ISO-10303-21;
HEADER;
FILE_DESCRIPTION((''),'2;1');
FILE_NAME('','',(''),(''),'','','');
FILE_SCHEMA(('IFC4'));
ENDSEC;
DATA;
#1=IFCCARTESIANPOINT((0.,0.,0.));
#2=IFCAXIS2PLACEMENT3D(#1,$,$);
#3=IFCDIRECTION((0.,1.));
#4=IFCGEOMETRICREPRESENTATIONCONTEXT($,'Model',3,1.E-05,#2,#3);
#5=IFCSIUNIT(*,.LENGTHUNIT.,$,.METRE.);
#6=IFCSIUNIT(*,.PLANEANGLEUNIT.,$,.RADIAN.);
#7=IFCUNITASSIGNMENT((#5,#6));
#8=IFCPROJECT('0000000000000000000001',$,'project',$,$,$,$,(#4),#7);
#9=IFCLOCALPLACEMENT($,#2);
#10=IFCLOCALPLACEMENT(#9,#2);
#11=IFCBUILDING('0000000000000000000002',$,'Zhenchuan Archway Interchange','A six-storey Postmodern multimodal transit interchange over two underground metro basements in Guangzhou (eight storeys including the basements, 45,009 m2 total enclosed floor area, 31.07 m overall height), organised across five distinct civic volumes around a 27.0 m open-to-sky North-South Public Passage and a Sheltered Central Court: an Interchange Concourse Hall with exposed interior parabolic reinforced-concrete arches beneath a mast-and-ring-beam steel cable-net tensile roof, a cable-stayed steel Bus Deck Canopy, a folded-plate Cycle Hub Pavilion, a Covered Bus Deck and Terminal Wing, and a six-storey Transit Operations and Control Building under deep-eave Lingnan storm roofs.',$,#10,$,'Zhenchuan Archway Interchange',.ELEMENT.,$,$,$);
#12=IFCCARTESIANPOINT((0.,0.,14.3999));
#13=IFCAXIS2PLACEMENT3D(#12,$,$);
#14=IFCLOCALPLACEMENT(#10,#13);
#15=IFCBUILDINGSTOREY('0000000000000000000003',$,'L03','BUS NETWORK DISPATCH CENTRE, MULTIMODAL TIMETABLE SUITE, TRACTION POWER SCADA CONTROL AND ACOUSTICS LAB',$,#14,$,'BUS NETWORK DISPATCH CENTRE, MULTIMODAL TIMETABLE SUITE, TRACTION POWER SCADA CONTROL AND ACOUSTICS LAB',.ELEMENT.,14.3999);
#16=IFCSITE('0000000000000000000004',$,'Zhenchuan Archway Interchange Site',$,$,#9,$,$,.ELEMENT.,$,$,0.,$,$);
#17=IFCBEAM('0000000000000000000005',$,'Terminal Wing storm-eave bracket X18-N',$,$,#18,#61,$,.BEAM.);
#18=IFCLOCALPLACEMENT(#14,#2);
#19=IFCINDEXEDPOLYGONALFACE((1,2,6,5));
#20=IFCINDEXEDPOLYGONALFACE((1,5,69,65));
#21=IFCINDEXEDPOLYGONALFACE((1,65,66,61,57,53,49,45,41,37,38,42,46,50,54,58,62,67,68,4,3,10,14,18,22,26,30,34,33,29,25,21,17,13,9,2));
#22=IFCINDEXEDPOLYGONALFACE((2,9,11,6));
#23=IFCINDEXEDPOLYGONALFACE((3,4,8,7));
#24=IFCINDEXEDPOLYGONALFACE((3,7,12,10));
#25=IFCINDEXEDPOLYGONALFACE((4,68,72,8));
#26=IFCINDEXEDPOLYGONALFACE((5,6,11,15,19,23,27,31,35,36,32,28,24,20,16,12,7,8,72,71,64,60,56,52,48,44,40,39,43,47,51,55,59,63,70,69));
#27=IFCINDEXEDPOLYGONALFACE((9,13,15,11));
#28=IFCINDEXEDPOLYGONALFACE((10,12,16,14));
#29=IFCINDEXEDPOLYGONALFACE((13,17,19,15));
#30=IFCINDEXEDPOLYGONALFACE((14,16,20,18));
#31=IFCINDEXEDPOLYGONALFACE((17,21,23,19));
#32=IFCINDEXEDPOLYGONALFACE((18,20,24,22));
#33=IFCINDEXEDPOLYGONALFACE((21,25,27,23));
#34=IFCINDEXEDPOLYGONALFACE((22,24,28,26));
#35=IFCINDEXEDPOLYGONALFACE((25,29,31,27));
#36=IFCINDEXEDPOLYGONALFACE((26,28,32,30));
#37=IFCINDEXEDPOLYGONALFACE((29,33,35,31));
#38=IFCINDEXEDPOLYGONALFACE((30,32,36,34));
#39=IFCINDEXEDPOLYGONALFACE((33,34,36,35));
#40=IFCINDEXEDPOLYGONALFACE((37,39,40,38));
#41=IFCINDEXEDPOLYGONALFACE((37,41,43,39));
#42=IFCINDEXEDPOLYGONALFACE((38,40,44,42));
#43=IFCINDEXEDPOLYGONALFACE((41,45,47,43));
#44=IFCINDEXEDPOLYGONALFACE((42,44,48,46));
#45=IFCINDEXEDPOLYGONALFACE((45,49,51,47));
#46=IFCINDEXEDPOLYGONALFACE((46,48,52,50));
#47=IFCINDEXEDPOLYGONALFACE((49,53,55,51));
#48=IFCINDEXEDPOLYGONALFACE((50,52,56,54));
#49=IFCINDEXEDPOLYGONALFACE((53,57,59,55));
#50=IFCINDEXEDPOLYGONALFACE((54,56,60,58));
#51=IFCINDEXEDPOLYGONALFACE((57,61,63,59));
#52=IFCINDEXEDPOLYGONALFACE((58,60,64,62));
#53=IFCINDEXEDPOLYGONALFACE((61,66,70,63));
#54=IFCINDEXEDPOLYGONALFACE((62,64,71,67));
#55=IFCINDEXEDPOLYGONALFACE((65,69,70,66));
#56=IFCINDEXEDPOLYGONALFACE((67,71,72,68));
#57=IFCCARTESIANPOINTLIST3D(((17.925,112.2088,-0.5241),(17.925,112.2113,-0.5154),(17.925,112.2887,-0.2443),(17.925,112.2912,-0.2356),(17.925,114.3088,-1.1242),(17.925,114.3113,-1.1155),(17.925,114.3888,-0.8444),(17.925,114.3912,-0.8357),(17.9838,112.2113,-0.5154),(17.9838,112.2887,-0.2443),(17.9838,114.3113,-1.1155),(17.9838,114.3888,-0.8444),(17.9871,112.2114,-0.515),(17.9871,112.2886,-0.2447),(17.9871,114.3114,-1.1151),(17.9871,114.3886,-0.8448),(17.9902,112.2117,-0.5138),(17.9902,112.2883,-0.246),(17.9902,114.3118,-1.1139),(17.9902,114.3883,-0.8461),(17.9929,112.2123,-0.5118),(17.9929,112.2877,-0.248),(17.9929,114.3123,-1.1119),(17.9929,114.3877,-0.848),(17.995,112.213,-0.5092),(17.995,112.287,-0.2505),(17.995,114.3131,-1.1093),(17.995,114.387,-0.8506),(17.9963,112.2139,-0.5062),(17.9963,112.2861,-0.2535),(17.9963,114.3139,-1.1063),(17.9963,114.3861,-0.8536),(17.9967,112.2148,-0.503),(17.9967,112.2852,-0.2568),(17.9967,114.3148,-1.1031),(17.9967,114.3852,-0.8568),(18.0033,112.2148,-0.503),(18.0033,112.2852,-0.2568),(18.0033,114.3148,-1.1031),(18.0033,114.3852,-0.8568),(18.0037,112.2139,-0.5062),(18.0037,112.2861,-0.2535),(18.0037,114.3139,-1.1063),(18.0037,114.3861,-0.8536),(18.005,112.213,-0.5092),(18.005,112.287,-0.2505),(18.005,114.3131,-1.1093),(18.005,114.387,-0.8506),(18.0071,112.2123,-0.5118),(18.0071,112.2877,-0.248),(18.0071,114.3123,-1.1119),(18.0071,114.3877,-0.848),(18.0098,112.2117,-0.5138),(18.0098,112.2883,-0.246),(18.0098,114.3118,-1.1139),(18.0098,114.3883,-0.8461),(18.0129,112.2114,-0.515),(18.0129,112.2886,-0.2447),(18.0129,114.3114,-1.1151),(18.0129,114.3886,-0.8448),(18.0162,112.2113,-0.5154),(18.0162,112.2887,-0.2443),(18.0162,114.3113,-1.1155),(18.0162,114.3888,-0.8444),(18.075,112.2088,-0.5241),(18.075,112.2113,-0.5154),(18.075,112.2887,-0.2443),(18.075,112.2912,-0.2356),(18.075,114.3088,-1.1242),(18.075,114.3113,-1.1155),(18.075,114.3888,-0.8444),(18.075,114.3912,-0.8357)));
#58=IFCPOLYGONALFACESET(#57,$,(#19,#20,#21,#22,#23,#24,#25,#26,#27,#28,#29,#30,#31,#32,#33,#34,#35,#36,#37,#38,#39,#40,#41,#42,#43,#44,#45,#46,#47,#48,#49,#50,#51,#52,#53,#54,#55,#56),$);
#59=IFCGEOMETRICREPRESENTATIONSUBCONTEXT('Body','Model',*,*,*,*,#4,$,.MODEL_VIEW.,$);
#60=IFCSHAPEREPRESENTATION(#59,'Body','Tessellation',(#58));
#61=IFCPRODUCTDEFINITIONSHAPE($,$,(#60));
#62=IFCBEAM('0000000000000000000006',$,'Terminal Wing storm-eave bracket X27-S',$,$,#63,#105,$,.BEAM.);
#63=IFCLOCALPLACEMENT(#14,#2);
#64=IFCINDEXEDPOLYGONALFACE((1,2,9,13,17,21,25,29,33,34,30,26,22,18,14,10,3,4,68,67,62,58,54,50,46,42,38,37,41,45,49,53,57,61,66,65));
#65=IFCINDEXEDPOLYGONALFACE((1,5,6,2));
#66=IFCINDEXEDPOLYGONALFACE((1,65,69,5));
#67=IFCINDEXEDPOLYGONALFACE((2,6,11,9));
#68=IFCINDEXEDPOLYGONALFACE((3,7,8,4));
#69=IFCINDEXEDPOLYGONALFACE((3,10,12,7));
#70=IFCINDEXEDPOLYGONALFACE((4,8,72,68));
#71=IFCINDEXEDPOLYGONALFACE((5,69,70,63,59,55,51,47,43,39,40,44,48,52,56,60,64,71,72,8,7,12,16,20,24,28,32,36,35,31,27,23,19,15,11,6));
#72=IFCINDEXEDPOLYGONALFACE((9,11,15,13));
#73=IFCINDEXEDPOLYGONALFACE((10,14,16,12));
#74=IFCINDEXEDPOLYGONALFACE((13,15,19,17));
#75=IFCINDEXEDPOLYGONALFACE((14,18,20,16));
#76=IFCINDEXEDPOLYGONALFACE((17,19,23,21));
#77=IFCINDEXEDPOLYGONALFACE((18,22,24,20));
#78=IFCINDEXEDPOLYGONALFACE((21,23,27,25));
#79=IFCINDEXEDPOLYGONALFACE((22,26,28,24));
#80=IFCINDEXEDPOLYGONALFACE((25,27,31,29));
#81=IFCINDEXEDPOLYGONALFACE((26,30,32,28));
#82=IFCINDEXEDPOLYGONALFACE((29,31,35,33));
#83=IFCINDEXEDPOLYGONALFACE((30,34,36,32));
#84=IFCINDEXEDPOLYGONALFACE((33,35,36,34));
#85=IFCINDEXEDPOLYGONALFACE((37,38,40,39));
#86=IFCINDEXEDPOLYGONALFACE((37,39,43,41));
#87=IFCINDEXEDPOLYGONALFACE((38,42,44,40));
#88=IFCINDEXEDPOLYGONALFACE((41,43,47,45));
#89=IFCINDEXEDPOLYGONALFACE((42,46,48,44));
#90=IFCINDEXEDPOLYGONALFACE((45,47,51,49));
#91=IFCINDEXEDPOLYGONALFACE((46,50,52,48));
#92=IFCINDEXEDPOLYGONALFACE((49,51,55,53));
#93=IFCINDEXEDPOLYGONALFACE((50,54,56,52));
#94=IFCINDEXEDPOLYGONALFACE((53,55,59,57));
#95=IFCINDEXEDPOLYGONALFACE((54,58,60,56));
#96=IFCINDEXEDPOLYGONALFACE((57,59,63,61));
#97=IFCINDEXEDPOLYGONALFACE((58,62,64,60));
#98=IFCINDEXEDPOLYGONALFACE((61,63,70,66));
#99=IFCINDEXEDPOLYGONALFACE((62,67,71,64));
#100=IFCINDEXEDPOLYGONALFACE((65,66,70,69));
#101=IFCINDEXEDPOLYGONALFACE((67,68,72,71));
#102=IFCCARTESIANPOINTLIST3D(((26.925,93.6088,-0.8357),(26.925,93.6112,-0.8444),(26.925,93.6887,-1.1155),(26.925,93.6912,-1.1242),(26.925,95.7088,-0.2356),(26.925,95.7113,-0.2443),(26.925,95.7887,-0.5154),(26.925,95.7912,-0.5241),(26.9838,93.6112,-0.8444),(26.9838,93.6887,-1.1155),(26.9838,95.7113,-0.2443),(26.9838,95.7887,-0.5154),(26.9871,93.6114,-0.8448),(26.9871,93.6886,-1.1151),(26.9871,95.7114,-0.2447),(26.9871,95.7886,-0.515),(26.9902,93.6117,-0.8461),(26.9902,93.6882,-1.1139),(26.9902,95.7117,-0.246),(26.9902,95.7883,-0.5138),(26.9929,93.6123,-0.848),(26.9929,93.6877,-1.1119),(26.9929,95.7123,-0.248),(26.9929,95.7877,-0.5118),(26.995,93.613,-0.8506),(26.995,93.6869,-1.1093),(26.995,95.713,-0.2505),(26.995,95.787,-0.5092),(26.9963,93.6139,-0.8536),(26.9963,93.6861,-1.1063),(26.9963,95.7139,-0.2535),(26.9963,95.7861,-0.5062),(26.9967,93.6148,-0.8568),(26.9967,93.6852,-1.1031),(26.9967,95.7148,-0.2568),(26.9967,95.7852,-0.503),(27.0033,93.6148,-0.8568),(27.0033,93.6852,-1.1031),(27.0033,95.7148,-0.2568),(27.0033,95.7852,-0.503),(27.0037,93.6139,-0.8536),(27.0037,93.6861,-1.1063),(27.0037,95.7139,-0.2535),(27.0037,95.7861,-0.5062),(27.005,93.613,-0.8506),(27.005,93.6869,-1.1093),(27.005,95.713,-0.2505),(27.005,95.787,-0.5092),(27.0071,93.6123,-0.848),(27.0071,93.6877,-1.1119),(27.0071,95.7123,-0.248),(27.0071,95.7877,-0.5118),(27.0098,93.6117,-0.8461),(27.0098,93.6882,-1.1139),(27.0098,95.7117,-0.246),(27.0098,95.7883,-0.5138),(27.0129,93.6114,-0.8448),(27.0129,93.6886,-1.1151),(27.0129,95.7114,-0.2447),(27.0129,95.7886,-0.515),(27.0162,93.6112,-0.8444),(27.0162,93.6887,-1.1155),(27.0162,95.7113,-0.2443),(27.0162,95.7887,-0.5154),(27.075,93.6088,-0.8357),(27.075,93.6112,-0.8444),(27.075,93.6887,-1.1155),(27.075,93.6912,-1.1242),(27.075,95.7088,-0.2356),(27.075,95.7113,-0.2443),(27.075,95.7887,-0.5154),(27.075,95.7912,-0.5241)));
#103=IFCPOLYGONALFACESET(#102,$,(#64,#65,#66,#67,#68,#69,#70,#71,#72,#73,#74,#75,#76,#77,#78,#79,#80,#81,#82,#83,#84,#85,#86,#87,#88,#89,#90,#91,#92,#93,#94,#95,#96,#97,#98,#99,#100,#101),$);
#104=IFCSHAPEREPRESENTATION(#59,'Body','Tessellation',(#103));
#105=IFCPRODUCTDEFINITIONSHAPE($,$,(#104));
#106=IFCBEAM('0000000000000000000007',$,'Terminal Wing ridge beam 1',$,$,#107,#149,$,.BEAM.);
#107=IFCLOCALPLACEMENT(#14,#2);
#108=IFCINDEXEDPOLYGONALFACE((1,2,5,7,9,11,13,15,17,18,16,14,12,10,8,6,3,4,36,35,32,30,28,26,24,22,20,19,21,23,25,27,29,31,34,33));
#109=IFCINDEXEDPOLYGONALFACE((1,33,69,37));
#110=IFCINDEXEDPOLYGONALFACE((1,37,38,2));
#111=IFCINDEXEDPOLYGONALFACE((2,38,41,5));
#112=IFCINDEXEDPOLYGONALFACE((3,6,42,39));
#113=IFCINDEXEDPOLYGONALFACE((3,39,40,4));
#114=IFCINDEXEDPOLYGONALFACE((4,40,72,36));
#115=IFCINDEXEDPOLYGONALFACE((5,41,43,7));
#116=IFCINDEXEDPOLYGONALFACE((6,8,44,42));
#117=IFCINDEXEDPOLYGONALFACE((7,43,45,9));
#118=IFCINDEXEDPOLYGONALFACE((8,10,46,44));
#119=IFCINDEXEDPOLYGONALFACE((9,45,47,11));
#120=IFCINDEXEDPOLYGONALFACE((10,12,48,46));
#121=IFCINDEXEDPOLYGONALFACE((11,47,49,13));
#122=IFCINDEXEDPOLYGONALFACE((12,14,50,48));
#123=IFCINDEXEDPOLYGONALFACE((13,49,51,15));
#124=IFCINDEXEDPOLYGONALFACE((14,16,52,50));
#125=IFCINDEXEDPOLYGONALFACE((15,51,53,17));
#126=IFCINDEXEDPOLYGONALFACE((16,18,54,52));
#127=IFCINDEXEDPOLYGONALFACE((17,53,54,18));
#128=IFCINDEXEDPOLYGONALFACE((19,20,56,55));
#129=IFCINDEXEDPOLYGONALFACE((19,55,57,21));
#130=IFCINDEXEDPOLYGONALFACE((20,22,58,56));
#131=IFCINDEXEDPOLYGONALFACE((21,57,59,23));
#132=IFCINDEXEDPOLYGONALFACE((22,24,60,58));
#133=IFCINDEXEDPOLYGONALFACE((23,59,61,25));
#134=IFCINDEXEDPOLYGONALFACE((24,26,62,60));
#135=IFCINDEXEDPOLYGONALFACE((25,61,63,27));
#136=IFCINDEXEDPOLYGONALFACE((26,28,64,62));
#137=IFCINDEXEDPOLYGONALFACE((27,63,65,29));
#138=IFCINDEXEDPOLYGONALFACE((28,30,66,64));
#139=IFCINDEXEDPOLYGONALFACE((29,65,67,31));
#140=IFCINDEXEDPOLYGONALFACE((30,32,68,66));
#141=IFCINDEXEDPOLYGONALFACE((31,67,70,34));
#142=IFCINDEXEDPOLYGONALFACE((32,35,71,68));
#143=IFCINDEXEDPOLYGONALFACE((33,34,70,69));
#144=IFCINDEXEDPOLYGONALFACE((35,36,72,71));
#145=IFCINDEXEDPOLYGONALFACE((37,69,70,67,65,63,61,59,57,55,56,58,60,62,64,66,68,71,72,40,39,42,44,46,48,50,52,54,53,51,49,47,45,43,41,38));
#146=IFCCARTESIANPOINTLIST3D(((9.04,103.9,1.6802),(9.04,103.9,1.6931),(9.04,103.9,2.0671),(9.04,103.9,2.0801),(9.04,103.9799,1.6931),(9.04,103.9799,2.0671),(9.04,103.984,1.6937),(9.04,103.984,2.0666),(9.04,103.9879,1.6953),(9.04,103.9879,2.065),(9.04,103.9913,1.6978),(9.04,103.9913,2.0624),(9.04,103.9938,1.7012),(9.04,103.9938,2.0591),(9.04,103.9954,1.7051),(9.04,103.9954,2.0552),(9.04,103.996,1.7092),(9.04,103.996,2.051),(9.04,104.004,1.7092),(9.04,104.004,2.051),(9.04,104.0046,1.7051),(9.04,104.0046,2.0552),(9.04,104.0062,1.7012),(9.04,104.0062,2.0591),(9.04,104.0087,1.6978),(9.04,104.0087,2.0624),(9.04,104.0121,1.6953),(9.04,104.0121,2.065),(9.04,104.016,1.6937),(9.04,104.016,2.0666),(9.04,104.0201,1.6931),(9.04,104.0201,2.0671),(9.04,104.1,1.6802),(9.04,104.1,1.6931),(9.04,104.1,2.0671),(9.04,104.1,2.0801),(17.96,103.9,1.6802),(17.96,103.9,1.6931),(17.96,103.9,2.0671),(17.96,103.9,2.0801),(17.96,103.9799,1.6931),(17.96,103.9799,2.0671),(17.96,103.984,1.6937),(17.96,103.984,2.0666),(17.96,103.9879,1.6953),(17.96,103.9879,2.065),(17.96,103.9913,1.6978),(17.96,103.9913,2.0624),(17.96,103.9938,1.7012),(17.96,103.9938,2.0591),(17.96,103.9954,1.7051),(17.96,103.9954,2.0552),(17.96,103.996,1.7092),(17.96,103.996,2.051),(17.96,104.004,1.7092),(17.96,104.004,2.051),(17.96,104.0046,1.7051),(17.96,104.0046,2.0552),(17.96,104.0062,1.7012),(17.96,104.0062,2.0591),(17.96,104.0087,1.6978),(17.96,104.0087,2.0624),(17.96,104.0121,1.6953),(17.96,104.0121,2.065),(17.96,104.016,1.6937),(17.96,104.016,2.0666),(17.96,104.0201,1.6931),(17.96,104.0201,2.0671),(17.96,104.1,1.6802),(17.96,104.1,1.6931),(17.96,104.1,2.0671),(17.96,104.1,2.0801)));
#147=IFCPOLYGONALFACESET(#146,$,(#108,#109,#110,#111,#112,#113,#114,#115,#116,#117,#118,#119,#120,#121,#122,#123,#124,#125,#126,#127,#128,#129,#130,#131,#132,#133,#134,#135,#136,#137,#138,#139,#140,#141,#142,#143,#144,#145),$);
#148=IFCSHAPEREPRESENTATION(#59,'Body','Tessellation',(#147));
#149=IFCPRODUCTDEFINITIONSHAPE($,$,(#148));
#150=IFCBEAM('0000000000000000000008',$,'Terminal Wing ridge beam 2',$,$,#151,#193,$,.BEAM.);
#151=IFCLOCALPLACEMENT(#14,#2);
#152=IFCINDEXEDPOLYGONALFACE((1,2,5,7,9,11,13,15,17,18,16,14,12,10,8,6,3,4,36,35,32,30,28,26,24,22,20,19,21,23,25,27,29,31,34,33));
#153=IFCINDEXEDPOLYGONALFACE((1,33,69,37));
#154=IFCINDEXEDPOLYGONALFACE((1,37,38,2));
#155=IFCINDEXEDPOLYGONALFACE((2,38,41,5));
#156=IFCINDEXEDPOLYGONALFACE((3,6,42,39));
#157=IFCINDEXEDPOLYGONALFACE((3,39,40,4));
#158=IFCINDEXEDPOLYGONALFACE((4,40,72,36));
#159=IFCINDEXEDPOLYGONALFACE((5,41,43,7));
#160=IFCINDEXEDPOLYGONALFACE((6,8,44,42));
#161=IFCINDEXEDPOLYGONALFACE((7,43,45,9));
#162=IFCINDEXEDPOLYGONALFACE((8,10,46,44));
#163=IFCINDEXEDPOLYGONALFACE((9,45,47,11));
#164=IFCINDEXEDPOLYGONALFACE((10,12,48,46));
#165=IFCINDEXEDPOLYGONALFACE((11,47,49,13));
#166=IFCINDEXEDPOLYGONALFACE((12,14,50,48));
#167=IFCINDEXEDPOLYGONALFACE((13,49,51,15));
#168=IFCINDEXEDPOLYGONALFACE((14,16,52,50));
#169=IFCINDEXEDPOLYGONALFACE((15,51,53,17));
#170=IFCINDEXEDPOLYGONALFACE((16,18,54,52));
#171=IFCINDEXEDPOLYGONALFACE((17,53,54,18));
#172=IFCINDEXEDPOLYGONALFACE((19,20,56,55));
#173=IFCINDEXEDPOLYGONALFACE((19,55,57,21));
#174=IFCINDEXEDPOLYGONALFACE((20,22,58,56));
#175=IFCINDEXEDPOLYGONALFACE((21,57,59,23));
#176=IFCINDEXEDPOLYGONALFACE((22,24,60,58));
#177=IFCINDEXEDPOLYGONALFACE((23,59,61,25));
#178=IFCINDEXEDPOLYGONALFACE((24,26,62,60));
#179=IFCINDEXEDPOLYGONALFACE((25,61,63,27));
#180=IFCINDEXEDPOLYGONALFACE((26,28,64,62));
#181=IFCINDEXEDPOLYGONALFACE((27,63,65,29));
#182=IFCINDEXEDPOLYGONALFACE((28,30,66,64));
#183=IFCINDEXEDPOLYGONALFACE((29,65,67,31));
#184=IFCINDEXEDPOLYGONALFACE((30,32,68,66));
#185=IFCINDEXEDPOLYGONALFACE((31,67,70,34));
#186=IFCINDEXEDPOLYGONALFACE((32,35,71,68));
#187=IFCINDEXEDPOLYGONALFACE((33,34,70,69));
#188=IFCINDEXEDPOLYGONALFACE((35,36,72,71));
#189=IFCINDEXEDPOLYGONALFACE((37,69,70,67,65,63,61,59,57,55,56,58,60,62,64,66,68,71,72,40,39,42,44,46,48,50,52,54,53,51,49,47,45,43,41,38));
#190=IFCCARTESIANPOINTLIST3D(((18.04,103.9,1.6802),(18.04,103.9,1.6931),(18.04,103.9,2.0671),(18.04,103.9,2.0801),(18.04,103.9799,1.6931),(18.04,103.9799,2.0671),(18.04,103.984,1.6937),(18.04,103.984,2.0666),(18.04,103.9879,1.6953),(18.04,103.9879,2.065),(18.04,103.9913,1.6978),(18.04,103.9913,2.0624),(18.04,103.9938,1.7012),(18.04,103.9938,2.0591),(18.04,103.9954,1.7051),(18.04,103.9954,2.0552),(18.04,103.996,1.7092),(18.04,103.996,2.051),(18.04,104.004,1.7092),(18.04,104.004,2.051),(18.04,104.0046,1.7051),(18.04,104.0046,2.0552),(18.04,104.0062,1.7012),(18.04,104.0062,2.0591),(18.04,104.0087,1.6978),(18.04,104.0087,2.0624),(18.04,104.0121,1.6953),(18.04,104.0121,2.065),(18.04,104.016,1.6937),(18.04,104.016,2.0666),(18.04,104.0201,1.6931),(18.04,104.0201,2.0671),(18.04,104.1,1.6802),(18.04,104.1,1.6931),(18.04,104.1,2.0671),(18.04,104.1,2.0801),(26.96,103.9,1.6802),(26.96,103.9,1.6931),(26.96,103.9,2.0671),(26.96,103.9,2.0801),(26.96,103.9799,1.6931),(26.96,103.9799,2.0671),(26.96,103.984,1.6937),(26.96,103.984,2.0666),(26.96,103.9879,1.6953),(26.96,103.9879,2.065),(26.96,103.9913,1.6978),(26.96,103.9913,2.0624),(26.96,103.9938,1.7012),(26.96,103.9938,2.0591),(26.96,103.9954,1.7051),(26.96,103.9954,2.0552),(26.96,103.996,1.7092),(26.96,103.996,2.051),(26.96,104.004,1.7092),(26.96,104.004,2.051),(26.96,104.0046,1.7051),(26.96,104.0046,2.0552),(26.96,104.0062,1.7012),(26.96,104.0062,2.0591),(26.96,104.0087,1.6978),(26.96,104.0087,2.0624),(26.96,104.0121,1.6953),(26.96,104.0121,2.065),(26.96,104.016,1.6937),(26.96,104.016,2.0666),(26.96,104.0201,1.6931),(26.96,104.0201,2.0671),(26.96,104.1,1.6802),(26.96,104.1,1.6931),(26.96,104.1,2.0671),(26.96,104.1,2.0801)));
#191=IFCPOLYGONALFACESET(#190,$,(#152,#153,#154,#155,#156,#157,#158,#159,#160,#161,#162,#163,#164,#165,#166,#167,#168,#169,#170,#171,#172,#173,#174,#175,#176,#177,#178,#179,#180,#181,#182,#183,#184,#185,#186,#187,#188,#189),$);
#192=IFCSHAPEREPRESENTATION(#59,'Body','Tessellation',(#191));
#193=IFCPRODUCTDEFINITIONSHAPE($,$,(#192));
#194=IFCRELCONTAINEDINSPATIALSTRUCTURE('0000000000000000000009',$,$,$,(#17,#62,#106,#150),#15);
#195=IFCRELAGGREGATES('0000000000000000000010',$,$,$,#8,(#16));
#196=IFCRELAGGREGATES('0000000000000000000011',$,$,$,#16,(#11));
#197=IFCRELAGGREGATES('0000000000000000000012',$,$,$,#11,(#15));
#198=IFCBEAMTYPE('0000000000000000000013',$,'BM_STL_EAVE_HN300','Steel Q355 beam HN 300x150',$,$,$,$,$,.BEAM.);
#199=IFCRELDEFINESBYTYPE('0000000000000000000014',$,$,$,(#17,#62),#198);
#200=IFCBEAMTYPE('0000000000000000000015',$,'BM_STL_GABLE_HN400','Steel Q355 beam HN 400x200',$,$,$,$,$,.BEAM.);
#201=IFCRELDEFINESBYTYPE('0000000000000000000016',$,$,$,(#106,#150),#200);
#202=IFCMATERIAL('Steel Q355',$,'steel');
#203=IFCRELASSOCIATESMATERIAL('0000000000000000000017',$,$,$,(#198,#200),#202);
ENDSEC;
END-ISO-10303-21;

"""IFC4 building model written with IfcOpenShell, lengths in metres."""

from ifc_helpers import new_model, si_unit, direction, frame, origin, origin_2d, place, context, subcontext, project, spatial, i_section, extrude, material, material_profile, profile_set, type_object, element, save


model = new_model("IFC4")

# Units and contexts
model_context = context("Model", 3, precision=1e-05, world=origin(), true_north=direction((0.0, 1.0)))
body_context = subcontext(model_context, "Body", "Model", "MODEL_VIEW")
ifc_project = project(units=[si_unit("LENGTHUNIT", "METRE"), si_unit("PLANEANGLEUNIT", "RADIAN")], contexts=[model_context])

# Site, building, storey
site_placement = place(None, origin())
site = spatial("IfcSite", under=ifc_project, at=site_placement, Name="Zhenchuan Archway Interchange Site", CompositionType="ELEMENT", RefElevation=0.0)
building_placement = place(site_placement, origin())
building = spatial("IfcBuilding", under=site, at=building_placement, Name="Zhenchuan Archway Interchange", Description="A six-storey Postmodern multimodal transit interchange over two underground metro basements in Guangzhou (eight storeys including the basements, 45,009 m2 total enclosed floor area, 31.07 m overall height), organised across five distinct civic volumes around a 27.0 m open-to-sky North-South Public Passage and a Sheltered Central Court: an Interchange Concourse Hall with exposed interior parabolic reinforced-concrete arches beneath a mast-and-ring-beam steel cable-net tensile roof, a cable-stayed steel Bus Deck Canopy, a folded-plate Cycle Hub Pavilion, a Covered Bus Deck and Terminal Wing, and a six-storey Transit Operations and Control Building under deep-eave Lingnan storm roofs.", LongName="Zhenchuan Archway Interchange", CompositionType="ELEMENT")
storey_placement = place(building_placement, frame((0.0, 0.0, 14.3999)))
storey = spatial("IfcBuildingStorey", under=building, at=storey_placement, Name="L03", Description="BUS NETWORK DISPATCH CENTRE, MULTIMODAL TIMETABLE SUITE, TRACTION POWER SCADA CONTROL AND ACOUSTICS LAB", LongName="BUS NETWORK DISPATCH CENTRE, MULTIMODAL TIMETABLE SUITE, TRACTION POWER SCADA CONTROL AND ACOUSTICS LAB", CompositionType="ELEMENT", Elevation=14.3999)

# Shared definitions
ifc_material_1 = material(Name="Steel Q355", Category="steel")

# Beams
ifc_material_profile_1 = material_profile(ifc_material_1, i_section(OverallWidth=0.1499, OverallDepth=0.3, WebThickness=0.0066, FlangeThickness=0.009, FilletRadius=0.0129, at=origin_2d()), Name="HN 300x150")
ifc_profile_set_1 = profile_set([ifc_material_profile_1], Name="Steel Q355")
beam_type_1 = type_object("IfcBeamType", Name="BM_STL_EAVE_HN300", Description="Steel Q355 beam HN 300x150", PredefinedType="BEAM", material=ifc_profile_set_1)
for number, where, z_axis, x_axis, name in (
    (1, (18.0, 112.25, -0.3799), (0.0, 0.961516, -0.274751), (-1.0, 0.0, 0.0), "Terminal Wing storm-eave bracket X18-N"),
    (2, (27.0, 95.75, -0.3799), (0.0, -0.961516, -0.274751), (1.0, 0.0, 0.0), "Terminal Wing storm-eave bracket X27-S"),
):
    element("IfcBeam", number, at=place(storey_placement, frame(where, z_axis=z_axis, x_axis=x_axis)), inside=storey, type_object=beam_type_1, Name=name, PredefinedType="BEAM", context=body_context, shape_type="SweptSolid", body=[
        extrude(i_section(OverallWidth=0.1499, OverallDepth=0.3, WebThickness=0.0066, FlangeThickness=0.009, FilletRadius=0.0129, at=origin_2d()), origin(), (0.0, 0.0, 1.0), 2.1841),
    ])
ifc_material_profile_2 = material_profile(ifc_material_1, i_section(OverallWidth=0.2, OverallDepth=0.3999, WebThickness=0.0081, FlangeThickness=0.0129, FilletRadius=0.0161, at=origin_2d()), Name="HN 400x200")
ifc_profile_set_2 = profile_set([ifc_material_profile_2], Name="Steel Q355")
beam_type_2 = type_object("IfcBeamType", Name="BM_STL_GABLE_HN400", Description="Steel Q355 beam HN 400x200", PredefinedType="BEAM", material=ifc_profile_set_2)
for number, where, z_axis, x_axis, name in (
    (3, (9.04, 104.0, 1.8801), (1.0, 0.0, 0.0), (0.0, 1.0, 0.0), "Terminal Wing ridge beam 1"),
    (4, (18.04, 104.0, 1.8801), (1.0, 0.0, 0.0), (0.0, 1.0, 0.0), "Terminal Wing ridge beam 2"),
):
    element("IfcBeam", number, at=place(storey_placement, frame(where, z_axis=z_axis, x_axis=x_axis)), inside=storey, type_object=beam_type_2, Name=name, PredefinedType="BEAM", context=body_context, shape_type="SweptSolid", body=[
        extrude(i_section(OverallWidth=0.2, OverallDepth=0.3999, WebThickness=0.0081, FlangeThickness=0.0129, FilletRadius=0.0161, at=origin_2d()), origin(), (0.0, 0.0, 1.0), 8.9199),
    ])

save(model, "model.ifc")
